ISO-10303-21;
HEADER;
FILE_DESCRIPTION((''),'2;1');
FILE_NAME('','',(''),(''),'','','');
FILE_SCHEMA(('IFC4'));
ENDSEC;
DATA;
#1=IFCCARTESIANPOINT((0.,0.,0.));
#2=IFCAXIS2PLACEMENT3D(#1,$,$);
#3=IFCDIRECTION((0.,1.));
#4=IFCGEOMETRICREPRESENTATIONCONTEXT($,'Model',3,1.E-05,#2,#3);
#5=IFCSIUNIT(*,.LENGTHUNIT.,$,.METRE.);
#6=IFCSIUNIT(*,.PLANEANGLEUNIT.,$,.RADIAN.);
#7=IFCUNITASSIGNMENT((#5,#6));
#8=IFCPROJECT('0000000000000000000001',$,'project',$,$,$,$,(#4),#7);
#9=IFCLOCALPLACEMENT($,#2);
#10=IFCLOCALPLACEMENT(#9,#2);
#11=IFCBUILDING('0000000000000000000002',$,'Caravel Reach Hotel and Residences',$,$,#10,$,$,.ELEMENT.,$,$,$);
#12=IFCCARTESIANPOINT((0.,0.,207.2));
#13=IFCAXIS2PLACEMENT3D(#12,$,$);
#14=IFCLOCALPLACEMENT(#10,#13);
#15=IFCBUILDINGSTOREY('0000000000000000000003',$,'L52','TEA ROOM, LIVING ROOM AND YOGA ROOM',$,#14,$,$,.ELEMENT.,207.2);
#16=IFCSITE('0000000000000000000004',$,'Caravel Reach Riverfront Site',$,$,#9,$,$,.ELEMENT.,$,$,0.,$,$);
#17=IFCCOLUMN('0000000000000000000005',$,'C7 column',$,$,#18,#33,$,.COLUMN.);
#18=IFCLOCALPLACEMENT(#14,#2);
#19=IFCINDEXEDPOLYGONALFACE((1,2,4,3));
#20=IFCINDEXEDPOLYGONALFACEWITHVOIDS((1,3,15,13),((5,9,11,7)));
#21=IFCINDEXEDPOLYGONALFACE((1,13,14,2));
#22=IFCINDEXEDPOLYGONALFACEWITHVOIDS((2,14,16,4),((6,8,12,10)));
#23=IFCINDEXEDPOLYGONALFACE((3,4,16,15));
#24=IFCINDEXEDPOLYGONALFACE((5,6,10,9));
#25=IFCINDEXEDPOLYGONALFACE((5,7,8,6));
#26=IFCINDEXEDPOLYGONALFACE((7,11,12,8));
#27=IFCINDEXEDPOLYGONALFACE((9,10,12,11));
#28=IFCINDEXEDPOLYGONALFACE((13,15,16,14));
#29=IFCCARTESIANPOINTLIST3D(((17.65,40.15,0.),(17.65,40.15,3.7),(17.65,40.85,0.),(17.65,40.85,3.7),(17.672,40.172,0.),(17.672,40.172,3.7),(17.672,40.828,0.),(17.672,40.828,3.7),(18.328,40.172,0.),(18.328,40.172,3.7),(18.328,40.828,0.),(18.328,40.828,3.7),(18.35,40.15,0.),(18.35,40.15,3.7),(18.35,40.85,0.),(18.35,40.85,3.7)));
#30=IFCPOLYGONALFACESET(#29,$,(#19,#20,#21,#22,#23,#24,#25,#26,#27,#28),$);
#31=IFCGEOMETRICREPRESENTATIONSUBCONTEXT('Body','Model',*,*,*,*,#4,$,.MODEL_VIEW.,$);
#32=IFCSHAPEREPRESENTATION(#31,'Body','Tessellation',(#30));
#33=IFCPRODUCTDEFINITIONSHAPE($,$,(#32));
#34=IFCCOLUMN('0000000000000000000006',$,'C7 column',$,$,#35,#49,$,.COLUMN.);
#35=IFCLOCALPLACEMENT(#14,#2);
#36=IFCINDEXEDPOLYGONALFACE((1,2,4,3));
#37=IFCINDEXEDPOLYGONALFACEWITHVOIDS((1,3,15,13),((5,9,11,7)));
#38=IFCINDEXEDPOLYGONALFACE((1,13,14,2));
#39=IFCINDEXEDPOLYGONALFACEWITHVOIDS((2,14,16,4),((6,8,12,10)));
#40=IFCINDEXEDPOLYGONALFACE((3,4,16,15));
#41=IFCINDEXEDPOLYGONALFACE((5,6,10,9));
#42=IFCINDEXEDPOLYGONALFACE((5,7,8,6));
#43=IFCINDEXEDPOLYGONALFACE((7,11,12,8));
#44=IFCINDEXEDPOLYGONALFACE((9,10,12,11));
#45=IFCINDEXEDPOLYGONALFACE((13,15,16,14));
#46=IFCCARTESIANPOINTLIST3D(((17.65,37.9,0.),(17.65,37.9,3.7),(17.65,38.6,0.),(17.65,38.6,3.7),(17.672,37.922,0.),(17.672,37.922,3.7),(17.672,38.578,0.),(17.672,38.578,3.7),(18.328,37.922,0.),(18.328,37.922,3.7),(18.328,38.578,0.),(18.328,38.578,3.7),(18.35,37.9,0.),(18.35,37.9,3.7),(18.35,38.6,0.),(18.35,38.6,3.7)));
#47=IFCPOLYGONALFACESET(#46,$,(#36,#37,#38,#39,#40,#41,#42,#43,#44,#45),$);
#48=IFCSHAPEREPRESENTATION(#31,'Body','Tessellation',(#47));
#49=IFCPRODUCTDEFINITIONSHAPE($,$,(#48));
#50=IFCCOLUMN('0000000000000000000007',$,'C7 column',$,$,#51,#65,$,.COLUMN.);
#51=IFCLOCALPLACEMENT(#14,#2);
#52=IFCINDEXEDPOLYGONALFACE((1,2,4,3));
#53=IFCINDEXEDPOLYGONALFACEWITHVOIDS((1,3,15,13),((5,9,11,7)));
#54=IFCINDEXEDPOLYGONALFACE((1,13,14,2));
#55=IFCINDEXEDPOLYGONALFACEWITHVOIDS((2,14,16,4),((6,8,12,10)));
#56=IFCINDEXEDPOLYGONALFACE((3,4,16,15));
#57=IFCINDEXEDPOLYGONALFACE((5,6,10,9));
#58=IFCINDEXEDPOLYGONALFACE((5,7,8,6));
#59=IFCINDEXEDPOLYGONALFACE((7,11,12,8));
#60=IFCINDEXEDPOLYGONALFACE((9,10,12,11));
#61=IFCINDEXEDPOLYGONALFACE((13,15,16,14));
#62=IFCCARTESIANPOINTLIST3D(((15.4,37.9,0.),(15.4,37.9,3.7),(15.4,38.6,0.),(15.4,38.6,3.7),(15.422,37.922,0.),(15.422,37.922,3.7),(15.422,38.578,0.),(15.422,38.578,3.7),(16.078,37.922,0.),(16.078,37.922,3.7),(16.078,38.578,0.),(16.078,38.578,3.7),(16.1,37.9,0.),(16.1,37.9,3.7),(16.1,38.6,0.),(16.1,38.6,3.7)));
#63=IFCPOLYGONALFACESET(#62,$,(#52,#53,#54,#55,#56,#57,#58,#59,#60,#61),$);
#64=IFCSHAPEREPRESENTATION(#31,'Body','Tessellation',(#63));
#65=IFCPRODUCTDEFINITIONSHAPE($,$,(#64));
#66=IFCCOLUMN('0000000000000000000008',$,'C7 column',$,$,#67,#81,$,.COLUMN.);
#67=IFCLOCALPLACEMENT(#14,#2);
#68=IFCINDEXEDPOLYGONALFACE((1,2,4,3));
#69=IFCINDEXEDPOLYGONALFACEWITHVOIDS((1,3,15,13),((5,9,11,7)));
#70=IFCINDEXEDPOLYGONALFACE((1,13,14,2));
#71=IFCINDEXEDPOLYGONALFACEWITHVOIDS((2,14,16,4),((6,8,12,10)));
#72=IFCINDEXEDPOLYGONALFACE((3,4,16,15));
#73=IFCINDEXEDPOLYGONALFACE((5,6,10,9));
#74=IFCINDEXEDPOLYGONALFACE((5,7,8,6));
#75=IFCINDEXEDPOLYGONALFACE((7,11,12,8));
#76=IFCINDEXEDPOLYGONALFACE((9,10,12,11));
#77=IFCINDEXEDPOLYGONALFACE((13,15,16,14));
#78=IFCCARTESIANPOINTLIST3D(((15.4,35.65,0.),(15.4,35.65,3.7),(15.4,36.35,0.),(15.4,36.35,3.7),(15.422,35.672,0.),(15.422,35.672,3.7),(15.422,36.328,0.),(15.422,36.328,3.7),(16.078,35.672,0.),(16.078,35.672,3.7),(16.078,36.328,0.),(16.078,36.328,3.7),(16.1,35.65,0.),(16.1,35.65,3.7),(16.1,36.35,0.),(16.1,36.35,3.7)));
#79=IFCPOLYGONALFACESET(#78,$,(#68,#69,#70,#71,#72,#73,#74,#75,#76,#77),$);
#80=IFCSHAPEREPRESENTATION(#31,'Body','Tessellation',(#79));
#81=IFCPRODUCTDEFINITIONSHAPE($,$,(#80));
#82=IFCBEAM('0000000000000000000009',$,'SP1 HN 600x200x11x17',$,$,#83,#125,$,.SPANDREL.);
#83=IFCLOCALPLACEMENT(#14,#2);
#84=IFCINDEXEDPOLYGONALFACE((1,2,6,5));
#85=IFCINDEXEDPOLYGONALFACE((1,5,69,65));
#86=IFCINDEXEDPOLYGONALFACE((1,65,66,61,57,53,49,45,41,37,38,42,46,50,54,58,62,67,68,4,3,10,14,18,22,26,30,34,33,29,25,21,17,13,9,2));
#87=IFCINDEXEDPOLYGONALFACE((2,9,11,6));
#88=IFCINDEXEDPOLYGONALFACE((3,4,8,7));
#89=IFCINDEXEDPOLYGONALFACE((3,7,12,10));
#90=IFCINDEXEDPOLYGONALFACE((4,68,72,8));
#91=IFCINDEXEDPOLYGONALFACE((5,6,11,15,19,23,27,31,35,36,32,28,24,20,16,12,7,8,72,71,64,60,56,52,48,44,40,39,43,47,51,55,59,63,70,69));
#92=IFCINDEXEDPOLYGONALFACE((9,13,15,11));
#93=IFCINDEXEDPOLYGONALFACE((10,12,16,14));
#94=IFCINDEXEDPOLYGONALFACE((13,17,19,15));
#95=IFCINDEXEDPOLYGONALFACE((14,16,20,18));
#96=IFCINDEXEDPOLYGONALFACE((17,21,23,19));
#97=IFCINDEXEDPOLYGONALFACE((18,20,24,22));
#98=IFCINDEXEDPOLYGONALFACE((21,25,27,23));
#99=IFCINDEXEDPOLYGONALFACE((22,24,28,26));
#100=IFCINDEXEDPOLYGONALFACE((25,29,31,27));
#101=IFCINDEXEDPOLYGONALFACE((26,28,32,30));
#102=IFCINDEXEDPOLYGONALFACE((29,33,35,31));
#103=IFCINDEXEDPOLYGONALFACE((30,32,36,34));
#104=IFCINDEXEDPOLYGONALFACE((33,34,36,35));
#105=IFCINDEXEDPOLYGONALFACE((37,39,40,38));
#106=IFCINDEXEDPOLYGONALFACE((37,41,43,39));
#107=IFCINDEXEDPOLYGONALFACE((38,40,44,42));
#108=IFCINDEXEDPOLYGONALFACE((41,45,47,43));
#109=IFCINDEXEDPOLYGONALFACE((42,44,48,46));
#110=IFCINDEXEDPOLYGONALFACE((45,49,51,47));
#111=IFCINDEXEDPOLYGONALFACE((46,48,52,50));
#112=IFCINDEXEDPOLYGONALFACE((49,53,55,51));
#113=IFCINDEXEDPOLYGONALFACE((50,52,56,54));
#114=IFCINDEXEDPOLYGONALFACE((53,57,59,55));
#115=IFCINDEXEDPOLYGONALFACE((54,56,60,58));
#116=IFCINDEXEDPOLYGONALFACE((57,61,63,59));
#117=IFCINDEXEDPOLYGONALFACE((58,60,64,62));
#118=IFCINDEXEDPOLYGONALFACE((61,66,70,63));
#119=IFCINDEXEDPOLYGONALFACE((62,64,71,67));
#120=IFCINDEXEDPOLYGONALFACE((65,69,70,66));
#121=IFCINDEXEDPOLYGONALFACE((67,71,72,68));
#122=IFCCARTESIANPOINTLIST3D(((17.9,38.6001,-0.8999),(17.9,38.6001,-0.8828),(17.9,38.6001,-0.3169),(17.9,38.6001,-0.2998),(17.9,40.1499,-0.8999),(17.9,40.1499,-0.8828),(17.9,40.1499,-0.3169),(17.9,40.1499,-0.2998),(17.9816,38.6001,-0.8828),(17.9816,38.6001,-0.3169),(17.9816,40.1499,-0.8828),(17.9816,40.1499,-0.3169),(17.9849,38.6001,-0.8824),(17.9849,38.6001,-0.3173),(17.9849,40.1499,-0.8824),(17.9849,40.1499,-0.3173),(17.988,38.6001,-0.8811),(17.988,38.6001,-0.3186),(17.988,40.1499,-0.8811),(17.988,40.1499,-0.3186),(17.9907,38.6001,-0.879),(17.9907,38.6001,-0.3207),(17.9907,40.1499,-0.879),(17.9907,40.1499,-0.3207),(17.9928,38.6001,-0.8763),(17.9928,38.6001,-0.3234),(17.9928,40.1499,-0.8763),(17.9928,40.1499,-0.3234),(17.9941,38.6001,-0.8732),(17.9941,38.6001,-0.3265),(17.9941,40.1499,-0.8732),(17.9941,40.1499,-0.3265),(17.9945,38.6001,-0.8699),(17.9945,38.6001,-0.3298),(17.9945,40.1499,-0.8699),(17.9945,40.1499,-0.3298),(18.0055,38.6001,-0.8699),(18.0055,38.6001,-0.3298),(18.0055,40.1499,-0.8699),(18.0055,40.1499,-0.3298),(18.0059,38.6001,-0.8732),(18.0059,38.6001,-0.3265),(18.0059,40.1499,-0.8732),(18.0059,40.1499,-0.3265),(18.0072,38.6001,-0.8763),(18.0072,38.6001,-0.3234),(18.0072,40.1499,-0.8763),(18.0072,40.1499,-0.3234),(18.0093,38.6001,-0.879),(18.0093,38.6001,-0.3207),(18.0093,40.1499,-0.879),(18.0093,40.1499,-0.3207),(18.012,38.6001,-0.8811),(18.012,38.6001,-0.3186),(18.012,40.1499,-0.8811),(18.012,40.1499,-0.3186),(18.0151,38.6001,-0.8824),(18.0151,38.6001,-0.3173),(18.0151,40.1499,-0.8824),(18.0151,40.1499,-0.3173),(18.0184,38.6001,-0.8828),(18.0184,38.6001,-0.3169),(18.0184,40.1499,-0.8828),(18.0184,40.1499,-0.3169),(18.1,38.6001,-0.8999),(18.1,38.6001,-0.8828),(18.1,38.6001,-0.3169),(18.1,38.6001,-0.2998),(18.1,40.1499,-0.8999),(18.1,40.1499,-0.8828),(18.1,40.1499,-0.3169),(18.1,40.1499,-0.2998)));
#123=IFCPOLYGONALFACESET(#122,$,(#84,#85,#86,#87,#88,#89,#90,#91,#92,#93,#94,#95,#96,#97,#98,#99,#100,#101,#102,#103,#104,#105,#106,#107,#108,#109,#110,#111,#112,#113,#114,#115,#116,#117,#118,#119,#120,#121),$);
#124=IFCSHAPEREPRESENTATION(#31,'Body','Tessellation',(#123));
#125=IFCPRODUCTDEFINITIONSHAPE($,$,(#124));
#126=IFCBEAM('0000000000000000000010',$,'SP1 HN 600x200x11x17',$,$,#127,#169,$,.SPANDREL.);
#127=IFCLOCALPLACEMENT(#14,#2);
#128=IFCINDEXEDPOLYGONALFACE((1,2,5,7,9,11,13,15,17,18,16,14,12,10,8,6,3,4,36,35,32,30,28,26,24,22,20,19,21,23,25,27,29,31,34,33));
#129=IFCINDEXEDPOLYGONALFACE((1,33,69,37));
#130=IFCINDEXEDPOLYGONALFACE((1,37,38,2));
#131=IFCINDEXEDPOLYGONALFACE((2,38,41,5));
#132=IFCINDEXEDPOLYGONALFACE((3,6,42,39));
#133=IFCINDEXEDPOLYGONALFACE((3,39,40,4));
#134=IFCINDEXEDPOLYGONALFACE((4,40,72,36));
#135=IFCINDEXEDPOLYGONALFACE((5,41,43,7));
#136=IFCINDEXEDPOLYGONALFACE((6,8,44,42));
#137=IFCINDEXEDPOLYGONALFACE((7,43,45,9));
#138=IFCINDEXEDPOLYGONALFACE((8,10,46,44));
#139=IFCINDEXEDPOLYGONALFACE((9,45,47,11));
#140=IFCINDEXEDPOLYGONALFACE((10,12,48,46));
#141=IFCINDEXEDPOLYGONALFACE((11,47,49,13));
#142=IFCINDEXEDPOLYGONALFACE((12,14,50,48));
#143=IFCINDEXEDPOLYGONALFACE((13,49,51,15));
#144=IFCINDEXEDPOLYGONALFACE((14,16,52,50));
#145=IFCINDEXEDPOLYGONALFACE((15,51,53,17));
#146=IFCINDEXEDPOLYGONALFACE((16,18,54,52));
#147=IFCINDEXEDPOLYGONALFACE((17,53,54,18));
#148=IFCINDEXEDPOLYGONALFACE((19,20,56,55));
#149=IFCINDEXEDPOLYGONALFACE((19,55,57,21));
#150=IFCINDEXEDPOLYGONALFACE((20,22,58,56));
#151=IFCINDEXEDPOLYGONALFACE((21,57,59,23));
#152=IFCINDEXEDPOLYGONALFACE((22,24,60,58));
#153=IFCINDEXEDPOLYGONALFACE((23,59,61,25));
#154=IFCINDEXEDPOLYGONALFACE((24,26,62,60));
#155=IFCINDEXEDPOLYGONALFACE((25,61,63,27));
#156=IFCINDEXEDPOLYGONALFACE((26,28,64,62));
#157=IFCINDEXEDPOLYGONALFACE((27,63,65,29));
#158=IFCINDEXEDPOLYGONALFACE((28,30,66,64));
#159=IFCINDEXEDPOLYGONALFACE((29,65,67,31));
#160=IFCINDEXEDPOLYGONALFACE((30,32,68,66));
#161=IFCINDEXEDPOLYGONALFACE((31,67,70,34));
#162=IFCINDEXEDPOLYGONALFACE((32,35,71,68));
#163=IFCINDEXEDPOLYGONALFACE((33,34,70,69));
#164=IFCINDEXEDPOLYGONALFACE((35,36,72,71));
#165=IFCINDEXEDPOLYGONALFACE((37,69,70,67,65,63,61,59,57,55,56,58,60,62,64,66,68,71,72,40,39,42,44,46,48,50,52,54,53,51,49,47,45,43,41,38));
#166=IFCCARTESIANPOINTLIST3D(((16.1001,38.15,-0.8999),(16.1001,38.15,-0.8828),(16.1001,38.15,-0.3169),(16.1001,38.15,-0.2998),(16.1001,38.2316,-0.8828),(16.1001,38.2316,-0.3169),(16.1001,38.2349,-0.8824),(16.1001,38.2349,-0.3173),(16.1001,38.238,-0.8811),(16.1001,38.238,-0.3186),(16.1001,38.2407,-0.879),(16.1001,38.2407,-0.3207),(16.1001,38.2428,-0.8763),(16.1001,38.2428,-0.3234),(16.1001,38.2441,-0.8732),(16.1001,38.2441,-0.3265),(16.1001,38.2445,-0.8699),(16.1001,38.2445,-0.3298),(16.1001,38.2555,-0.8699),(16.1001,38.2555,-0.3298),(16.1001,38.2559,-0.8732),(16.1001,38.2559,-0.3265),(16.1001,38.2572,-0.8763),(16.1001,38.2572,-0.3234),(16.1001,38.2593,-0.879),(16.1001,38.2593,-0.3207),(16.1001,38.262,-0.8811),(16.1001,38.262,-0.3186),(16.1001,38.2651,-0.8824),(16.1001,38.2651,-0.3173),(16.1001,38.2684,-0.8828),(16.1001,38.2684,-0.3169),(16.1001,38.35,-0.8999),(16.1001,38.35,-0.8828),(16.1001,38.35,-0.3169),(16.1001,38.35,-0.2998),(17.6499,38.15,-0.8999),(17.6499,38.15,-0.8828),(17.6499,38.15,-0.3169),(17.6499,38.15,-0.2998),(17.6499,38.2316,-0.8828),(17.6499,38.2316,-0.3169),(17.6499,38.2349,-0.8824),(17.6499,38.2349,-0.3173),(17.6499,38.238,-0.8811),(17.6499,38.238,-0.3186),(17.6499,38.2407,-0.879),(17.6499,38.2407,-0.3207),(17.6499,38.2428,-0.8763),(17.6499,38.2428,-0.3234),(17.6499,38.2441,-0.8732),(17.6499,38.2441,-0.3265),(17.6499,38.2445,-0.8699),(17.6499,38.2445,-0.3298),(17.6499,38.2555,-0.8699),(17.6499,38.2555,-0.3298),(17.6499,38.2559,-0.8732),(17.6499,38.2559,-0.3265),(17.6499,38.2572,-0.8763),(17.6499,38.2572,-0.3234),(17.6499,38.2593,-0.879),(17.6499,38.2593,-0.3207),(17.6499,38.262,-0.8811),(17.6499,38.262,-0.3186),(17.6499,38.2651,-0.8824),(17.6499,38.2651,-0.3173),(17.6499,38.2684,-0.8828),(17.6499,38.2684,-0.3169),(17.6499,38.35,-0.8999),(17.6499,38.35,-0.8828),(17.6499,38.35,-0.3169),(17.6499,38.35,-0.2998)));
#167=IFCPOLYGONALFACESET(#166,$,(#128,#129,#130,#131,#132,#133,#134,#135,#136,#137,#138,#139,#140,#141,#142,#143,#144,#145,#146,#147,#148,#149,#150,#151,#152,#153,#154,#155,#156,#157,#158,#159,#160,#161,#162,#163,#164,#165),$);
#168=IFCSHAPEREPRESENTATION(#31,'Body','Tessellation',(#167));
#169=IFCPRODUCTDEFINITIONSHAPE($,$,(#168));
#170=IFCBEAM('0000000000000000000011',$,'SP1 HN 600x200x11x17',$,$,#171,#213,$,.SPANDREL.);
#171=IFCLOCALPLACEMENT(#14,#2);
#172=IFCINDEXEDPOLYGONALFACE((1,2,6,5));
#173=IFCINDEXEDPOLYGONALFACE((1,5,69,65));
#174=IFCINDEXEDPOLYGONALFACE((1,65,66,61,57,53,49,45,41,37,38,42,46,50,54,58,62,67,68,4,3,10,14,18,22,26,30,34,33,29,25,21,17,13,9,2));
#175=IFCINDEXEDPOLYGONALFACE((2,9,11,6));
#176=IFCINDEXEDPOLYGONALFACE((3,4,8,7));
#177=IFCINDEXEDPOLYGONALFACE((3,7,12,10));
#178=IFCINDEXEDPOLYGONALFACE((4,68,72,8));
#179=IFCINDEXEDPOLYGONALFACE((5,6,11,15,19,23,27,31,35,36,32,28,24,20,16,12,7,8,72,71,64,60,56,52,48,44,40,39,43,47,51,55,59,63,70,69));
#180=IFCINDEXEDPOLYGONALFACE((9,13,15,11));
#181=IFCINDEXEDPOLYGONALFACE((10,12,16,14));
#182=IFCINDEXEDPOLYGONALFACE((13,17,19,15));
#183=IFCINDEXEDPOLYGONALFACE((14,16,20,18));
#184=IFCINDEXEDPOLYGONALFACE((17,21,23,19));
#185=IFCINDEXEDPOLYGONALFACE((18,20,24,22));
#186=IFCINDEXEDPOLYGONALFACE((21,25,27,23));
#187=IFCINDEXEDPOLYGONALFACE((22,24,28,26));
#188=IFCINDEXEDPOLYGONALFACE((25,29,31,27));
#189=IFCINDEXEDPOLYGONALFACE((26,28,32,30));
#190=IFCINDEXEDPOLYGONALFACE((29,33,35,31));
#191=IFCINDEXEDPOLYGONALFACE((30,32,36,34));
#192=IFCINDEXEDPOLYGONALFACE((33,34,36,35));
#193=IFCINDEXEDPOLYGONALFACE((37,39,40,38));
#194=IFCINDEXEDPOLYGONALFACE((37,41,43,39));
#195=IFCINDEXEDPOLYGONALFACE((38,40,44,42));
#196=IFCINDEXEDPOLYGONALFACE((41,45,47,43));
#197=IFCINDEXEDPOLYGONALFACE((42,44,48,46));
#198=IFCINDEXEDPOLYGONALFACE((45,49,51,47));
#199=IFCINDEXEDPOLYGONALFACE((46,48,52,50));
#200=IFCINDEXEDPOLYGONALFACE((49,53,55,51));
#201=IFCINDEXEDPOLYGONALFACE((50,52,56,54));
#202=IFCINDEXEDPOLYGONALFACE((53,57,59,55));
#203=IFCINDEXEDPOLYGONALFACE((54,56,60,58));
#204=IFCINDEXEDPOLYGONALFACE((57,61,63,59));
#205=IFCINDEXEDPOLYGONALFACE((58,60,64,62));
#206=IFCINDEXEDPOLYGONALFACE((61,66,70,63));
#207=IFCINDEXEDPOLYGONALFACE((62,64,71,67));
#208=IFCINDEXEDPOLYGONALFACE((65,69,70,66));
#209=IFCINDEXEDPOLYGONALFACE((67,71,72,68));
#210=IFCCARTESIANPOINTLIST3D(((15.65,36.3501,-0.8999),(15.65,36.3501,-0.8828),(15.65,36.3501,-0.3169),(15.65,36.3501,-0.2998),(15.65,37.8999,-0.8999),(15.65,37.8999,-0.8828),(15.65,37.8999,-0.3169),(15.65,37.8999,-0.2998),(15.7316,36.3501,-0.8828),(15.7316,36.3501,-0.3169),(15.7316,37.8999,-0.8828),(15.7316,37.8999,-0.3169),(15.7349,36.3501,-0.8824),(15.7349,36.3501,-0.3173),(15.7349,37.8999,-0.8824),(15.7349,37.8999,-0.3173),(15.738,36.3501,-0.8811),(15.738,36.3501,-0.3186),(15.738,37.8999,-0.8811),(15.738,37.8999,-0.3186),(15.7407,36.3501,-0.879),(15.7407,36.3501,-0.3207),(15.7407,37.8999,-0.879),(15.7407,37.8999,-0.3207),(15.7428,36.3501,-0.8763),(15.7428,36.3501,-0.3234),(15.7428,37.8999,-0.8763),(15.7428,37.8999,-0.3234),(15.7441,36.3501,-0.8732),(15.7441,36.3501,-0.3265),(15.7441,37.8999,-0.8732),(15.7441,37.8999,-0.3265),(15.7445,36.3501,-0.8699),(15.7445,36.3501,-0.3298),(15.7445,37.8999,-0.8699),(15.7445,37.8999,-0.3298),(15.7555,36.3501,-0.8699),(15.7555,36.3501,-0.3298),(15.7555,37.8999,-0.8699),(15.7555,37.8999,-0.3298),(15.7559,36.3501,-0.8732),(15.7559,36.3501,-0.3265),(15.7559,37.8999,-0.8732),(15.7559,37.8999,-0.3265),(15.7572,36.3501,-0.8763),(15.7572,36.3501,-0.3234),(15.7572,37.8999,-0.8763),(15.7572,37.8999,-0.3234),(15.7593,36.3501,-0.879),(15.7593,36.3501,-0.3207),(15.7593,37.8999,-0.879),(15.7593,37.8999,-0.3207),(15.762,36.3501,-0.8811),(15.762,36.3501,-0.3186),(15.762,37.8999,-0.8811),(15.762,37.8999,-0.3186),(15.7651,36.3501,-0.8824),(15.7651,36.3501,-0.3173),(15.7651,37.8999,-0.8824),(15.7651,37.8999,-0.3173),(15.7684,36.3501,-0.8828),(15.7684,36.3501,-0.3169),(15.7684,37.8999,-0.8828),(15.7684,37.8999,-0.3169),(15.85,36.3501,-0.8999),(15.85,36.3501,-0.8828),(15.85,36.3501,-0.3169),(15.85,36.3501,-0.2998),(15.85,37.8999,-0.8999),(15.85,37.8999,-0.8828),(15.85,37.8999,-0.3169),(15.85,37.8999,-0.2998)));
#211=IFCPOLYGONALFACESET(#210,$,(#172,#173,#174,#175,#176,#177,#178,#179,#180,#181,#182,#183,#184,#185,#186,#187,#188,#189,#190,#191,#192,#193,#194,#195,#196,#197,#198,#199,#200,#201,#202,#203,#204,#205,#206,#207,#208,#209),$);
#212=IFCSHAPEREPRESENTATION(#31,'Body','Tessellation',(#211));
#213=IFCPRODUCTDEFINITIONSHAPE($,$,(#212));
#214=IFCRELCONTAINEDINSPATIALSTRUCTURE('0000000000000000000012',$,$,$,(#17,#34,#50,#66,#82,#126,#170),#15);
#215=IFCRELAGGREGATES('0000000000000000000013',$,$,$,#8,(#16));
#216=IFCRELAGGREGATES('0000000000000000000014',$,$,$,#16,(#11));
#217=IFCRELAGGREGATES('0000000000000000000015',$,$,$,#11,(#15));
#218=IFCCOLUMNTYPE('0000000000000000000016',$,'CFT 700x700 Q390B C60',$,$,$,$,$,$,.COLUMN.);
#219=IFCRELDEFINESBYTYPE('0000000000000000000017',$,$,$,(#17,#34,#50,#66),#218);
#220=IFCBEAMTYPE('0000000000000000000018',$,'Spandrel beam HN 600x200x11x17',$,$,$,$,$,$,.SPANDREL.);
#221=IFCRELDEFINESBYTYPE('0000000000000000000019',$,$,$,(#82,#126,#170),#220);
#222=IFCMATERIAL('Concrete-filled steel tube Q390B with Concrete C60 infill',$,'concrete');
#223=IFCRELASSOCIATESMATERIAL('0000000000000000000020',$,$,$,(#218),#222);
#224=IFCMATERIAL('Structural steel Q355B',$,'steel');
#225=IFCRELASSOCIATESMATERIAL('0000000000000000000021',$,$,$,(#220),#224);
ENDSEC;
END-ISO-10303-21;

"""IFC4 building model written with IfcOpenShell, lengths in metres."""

from ifc_helpers import new_model, si_unit, direction, frame, origin, origin_2d, place, context, subcontext, project, spatial, hollow_rectangle, i_section, extrude, material, material_profile, profile_set, type_object, element, save


model = new_model("IFC4")

# Units and contexts
model_context = context("Model", 3, precision=1e-05, world=origin(), true_north=direction((0.0, 1.0)))
body_context = subcontext(model_context, "Body", "Model", "MODEL_VIEW")
ifc_project = project(units=[si_unit("LENGTHUNIT", "METRE"), si_unit("PLANEANGLEUNIT", "RADIAN")], contexts=[model_context])

# Site, building, storey
site_placement = place(None, origin())
site = spatial("IfcSite", under=ifc_project, at=site_placement, Name="Caravel Reach Riverfront Site", CompositionType="ELEMENT", RefElevation=0.0)
building_placement = place(site_placement, origin())
building = spatial("IfcBuilding", under=site, at=building_placement, Name="Caravel Reach Hotel and Residences", CompositionType="ELEMENT")
storey_placement = place(building_placement, frame((0.0, 0.0, 207.2)))
storey = spatial("IfcBuildingStorey", under=building, at=storey_placement, Name="L52", Description="TEA ROOM, LIVING ROOM AND YOGA ROOM", CompositionType="ELEMENT", Elevation=207.2)

# Columns
ifc_material_1 = material(Name="Concrete-filled steel tube Q390B with Concrete C60 infill", Category="concrete")
ifc_material_profile_1 = material_profile(ifc_material_1, hollow_rectangle(XDim=0.7, YDim=0.7, WallThickness=0.022, at=origin_2d()), Name="RHS 700x700x22")
ifc_profile_set_1 = profile_set([ifc_material_profile_1], Name="Concrete-filled steel tube Q390B with Concrete C60 infill")
column_type = type_object("IfcColumnType", Name="CFT 700x700 Q390B C60", PredefinedType="COLUMN", material=ifc_profile_set_1)
for number, where, z_axis, x_axis, name in (
    (1, (18.0, 40.5, 0.0), (0.0, 0.0, 1.0), (1.0, 0.0, 0.0), "C7 column"),
    (2, (18.0, 38.25, 0.0), (0.0, 0.0, 1.0), (1.0, 0.0, 0.0), "C7 column"),
    (3, (15.75, 38.25, 0.0), (0.0, 0.0, 1.0), (1.0, 0.0, 0.0), "C7 column"),
    (4, (15.75, 36.0, 0.0), (0.0, 0.0, 1.0), (1.0, 0.0, 0.0), "C7 column"),
):
    element("IfcColumn", number, at=place(storey_placement, frame(where, z_axis=z_axis, x_axis=x_axis)), inside=storey, type_object=column_type, Name=name, PredefinedType="COLUMN", context=body_context, shape_type="SweptSolid", body=[
        extrude(hollow_rectangle(XDim=0.7, YDim=0.7, WallThickness=0.022, at=origin_2d()), origin(), (0.0, 0.0, 1.0), 3.7),
    ])

# Beams
ifc_material_2 = material(Name="Structural steel Q355B", Category="steel")
ifc_material_profile_2 = material_profile(ifc_material_2, i_section(OverallWidth=0.2, OverallDepth=0.6001, WebThickness=0.011, FlangeThickness=0.0171, FilletRadius=0.0129, at=origin_2d()), Name="HN 600x200x11x17")
ifc_profile_set_2 = profile_set([ifc_material_profile_2], Name="Structural steel Q355B")
beam_type = type_object("IfcBeamType", Name="Spandrel beam HN 600x200x11x17", PredefinedType="SPANDREL", material=ifc_profile_set_2)
for number, where, z_axis, x_axis, name in (
    (5, (18.0, 40.1499, -0.5999), (0.0, -1.0, 0.0), (1.0, 0.0, 0.0), "SP1 HN 600x200x11x17"),
    (6, (17.6499, 38.25, -0.5999), (-1.0, 0.0, 0.0), (0.0, -1.0, 0.0), "SP1 HN 600x200x11x17"),
    (7, (15.75, 37.8999, -0.5999), (0.0, -1.0, 0.0), (1.0, 0.0, 0.0), "SP1 HN 600x200x11x17"),
):
    element("IfcBeam", number, at=place(storey_placement, frame(where, z_axis=z_axis, x_axis=x_axis)), inside=storey, type_object=beam_type, Name=name, PredefinedType="SPANDREL", context=body_context, shape_type="SweptSolid", body=[
        extrude(i_section(OverallWidth=0.2, OverallDepth=0.6001, WebThickness=0.011, FlangeThickness=0.0171, FilletRadius=0.0129, at=origin_2d()), origin(), (0.0, 0.0, 1.0), 1.5498),
    ])

save(model, "model.ifc")
